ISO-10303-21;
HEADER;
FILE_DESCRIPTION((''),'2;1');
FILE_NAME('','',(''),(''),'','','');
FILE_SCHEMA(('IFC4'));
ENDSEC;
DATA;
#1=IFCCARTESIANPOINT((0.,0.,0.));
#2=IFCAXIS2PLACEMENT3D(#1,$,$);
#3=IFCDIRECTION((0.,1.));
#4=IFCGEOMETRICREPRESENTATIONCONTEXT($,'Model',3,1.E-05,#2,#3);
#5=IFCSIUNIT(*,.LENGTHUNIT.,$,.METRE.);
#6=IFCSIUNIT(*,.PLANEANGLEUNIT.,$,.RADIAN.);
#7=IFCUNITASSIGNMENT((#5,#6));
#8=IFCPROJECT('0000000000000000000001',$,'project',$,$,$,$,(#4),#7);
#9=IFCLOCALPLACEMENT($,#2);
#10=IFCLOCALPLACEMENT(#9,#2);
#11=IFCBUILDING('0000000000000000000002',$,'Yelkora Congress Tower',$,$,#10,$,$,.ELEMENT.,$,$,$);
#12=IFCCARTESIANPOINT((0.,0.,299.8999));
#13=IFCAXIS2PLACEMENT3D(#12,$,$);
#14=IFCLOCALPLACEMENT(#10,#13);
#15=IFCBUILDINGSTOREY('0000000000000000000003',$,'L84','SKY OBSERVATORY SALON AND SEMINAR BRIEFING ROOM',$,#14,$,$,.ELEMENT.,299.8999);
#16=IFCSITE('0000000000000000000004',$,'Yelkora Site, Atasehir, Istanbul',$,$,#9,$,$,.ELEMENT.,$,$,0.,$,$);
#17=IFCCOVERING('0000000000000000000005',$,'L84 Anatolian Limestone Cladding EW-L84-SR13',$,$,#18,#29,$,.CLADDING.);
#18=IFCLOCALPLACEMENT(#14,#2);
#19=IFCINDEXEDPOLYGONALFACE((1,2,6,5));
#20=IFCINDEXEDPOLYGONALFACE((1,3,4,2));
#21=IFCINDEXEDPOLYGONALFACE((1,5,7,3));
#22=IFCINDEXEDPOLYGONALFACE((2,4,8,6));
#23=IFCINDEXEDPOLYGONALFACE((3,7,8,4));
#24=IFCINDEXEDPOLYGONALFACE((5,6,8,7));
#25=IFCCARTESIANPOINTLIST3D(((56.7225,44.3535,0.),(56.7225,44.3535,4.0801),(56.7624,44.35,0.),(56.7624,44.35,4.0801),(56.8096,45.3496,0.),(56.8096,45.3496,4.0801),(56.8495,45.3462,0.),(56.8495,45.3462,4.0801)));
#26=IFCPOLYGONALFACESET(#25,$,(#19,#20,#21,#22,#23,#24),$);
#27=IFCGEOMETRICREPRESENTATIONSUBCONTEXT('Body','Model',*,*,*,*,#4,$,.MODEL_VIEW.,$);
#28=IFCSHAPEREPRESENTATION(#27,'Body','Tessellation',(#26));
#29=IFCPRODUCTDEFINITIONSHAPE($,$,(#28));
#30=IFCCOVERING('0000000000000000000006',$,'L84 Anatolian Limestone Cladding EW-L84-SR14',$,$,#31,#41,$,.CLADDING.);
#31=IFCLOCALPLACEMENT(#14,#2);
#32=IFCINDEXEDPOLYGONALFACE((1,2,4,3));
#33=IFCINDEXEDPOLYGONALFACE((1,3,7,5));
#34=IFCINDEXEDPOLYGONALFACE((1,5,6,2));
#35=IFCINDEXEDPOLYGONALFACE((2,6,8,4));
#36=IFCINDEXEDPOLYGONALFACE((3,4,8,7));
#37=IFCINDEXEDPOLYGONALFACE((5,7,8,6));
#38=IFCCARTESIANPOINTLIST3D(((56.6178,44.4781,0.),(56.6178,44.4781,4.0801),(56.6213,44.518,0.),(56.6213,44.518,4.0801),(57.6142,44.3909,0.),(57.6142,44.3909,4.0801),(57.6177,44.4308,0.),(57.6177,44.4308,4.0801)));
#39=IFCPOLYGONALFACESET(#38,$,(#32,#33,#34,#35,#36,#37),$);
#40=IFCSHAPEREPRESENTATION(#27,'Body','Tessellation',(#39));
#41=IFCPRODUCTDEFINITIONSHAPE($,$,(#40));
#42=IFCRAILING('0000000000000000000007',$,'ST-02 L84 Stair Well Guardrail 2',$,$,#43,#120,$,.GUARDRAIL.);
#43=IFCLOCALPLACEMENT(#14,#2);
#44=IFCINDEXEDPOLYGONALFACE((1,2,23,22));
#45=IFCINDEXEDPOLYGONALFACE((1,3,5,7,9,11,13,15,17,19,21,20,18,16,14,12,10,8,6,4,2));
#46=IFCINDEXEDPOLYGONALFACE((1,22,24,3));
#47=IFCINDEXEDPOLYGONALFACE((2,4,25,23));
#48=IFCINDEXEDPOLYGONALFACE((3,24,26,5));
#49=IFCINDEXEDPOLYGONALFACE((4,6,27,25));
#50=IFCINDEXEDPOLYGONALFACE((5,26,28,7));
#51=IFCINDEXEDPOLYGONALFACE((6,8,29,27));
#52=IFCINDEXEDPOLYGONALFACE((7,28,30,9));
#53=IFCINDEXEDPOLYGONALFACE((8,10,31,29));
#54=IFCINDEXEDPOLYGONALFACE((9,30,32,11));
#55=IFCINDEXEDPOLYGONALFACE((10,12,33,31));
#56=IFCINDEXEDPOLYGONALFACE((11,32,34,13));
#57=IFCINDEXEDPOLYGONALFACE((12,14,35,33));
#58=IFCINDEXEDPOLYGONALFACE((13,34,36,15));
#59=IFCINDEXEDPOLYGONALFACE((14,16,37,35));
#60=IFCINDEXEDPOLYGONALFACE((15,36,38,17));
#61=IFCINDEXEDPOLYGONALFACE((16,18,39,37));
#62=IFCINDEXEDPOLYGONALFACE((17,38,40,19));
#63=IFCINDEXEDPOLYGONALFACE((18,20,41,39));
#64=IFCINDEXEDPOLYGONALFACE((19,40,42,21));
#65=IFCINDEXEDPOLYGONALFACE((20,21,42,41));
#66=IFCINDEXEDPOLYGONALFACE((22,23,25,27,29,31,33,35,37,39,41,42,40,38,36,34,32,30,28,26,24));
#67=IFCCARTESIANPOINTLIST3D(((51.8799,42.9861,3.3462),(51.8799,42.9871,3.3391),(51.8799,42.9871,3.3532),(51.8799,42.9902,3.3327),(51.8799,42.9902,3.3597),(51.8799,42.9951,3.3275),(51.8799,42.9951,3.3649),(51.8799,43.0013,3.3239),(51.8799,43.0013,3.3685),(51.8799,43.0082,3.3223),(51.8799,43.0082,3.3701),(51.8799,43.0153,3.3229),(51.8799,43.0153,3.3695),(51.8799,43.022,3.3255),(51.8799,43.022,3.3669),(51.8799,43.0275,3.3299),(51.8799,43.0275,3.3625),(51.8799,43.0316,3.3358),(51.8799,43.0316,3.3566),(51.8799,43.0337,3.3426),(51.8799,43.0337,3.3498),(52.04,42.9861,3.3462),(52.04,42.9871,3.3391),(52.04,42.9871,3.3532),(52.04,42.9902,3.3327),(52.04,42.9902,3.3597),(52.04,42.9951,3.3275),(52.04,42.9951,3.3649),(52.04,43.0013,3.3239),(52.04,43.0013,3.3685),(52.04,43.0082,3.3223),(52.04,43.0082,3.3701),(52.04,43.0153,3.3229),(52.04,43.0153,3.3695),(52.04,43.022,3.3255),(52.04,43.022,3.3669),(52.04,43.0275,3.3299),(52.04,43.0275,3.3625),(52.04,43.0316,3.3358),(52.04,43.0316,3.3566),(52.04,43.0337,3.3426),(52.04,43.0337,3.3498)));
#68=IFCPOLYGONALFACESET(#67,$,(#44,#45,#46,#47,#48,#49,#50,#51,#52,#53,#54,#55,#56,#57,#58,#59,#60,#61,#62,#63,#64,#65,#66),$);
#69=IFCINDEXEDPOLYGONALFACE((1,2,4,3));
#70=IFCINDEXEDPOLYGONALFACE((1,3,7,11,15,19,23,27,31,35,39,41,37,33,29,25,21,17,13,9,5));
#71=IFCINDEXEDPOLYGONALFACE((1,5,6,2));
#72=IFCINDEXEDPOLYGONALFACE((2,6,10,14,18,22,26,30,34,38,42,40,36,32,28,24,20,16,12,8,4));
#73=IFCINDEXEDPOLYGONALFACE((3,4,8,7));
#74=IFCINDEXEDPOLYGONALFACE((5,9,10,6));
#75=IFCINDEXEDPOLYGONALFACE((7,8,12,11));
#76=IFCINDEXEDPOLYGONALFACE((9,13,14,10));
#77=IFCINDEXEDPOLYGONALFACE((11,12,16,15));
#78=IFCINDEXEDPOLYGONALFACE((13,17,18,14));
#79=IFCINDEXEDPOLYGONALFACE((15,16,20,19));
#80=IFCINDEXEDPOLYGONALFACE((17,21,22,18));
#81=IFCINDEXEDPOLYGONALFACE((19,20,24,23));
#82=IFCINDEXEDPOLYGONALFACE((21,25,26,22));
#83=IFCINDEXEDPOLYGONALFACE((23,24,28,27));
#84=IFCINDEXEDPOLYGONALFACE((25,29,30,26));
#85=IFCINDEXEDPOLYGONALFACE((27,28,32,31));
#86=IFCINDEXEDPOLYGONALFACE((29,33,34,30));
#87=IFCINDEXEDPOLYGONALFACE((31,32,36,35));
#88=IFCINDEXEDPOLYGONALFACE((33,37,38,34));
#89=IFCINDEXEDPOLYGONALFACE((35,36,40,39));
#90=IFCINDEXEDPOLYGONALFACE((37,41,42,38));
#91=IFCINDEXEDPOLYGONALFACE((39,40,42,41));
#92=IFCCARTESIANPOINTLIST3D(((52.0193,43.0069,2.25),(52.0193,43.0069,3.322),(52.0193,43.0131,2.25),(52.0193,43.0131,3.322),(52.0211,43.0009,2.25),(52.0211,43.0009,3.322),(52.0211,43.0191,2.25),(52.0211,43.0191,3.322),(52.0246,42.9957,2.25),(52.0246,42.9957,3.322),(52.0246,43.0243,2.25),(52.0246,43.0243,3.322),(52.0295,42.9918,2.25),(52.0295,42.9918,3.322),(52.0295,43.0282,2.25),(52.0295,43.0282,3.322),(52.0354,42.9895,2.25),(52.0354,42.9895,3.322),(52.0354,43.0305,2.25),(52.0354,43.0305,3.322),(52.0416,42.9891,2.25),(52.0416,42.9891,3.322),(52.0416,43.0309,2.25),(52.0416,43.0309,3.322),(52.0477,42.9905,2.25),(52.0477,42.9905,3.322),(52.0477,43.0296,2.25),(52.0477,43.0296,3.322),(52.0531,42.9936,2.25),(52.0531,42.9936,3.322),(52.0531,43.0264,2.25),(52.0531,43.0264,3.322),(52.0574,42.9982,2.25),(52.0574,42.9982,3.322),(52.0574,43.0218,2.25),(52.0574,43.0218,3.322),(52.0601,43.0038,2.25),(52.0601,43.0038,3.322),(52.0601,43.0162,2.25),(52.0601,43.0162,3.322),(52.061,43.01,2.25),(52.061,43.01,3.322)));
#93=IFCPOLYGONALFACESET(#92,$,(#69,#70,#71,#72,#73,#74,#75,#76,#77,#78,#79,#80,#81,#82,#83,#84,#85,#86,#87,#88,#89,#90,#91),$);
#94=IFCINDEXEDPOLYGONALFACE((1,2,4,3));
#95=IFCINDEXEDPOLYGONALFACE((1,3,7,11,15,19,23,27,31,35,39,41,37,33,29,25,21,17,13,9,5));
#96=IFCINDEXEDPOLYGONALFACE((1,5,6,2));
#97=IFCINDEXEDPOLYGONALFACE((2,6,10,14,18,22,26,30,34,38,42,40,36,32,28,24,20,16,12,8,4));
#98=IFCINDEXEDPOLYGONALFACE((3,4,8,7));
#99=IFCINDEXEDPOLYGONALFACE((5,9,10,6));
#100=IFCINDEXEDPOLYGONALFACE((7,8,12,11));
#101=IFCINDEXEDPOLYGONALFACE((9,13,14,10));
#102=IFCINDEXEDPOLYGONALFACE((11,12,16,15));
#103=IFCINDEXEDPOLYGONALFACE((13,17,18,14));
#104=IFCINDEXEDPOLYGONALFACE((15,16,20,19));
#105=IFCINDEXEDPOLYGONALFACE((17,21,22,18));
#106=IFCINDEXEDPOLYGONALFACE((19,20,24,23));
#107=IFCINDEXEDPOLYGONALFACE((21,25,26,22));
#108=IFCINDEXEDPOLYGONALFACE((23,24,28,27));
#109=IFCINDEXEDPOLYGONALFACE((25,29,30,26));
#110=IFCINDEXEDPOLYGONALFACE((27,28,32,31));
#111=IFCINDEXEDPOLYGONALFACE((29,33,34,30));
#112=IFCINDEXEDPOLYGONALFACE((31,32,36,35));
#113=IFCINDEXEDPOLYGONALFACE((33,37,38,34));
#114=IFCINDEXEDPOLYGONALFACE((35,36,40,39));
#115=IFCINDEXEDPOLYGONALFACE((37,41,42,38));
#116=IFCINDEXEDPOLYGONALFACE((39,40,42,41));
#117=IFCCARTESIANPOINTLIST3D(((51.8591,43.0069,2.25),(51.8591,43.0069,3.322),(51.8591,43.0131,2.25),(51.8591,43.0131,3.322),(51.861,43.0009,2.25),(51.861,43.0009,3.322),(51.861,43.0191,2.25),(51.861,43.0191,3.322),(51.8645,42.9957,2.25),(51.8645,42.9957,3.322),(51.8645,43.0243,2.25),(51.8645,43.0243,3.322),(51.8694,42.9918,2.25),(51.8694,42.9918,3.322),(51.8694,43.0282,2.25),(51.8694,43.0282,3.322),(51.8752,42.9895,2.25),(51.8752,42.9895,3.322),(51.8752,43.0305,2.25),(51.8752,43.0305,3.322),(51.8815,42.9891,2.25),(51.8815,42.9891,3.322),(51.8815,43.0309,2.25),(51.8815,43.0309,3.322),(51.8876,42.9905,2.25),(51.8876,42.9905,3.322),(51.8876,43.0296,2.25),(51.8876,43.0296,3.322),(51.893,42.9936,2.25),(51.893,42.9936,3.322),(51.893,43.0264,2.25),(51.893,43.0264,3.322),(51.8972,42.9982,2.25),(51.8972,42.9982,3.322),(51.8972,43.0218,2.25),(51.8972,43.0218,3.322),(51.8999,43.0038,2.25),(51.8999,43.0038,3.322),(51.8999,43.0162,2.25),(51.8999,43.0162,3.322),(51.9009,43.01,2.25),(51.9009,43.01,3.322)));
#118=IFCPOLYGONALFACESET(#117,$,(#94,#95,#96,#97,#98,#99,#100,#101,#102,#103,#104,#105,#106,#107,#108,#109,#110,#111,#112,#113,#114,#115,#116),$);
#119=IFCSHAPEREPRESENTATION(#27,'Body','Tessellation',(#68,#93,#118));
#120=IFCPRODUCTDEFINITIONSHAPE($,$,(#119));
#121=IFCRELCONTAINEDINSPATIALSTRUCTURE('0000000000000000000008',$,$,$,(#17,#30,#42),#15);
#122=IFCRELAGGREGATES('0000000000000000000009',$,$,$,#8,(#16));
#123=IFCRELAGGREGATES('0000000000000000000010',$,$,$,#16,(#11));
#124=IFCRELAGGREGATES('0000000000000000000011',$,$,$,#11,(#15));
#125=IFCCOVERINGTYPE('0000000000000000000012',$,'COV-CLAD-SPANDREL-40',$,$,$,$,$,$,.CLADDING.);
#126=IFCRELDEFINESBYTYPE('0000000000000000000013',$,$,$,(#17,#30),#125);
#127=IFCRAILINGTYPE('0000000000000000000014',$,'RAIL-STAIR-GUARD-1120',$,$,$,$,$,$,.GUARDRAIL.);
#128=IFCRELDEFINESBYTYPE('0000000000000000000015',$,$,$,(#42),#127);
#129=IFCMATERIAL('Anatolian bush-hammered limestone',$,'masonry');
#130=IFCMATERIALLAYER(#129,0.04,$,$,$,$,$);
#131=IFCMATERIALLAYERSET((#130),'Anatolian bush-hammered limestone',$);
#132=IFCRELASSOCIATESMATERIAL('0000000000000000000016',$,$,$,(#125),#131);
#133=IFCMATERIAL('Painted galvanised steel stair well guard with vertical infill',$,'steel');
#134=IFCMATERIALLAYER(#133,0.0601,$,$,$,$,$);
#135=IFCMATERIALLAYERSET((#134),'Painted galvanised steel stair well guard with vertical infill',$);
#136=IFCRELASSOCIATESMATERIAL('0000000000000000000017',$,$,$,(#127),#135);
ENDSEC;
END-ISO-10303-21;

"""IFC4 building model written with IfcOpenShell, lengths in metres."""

from ifc_helpers import new_model, si_unit, direction, frame, frame_2d, origin, origin_2d, place, context, subcontext, project, spatial, rectangle, circle, extrude, material, layer, layer_set, type_object, element, save


model = new_model("IFC4")

# Units and contexts
model_context = context("Model", 3, precision=1e-05, world=origin(), true_north=direction((0.0, 1.0)))
body_context = subcontext(model_context, "Body", "Model", "MODEL_VIEW")
ifc_project = project(units=[si_unit("LENGTHUNIT", "METRE"), si_unit("PLANEANGLEUNIT", "RADIAN")], contexts=[model_context])

# Site, building, storey
site_placement = place(None, origin())
site = spatial("IfcSite", under=ifc_project, at=site_placement, Name="Yelkora Site, Atasehir, Istanbul", CompositionType="ELEMENT", RefElevation=0.0)
building_placement = place(site_placement, origin())
building = spatial("IfcBuilding", under=site, at=building_placement, Name="Yelkora Congress Tower", CompositionType="ELEMENT")
storey_placement = place(building_placement, frame((0.0, 0.0, 299.8999)))
storey = spatial("IfcBuildingStorey", under=building, at=storey_placement, Name="L84", Description="SKY OBSERVATORY SALON AND SEMINAR BRIEFING ROOM", CompositionType="ELEMENT", Elevation=299.8999)

# Coverings
ifc_material_1 = material(Name="Anatolian bush-hammered limestone", Category="masonry")
ifc_layer_1 = layer(ifc_material_1, 0.04)
ifc_layer_set_1 = layer_set([ifc_layer_1], Name="Anatolian bush-hammered limestone")
covering_type = type_object("IfcCoveringType", Name="COV-CLAD-SPANDREL-40", PredefinedType="CLADDING", material=ifc_layer_set_1)
for number, where, z_axis, x_axis, name in (
    (1, (56.8296, 45.3479, 0.0), (0.0, 0.0, 1.0), (-0.087167, -0.996194, 0.0), "L84 Anatolian Limestone Cladding EW-L84-SR13"),
):
    element("IfcCovering", number, at=place(storey_placement, frame(where, z_axis=z_axis, x_axis=x_axis)), inside=storey, type_object=covering_type, Name=name, PredefinedType="CLADDING", context=body_context, shape_type="SweptSolid", body=[
        extrude(rectangle(XDim=1.0, YDim=0.04, at=frame_2d((0.5, 0.0))), origin(), (0.0, 0.0, 1.0), 4.0801),
    ])
covering_placement = place(storey_placement, frame((56.6196, 44.498, 0.0), z_axis=(0.0, 0.0, 1.0), x_axis=(0.996196, -0.087146, 0.0)))
element("IfcCovering", 2, at=covering_placement, inside=storey, type_object=covering_type, Name="L84 Anatolian Limestone Cladding EW-L84-SR14", PredefinedType="CLADDING", context=body_context, shape_type="SweptSolid", body=[
    extrude(rectangle(XDim=1.0002, YDim=0.04, at=frame_2d((0.5, 0.0))), origin(), (0.0, 0.0, 1.0), 4.0801),
])

# Railing
ifc_material_2 = material(Name="Painted galvanised steel stair well guard with vertical infill", Category="steel")
ifc_layer_2 = layer(ifc_material_2, 0.0601)
ifc_layer_set_2 = layer_set([ifc_layer_2], Name="Painted galvanised steel stair well guard with vertical infill")
railing_type = type_object("IfcRailingType", Name="RAIL-STAIR-GUARD-1120", PredefinedType="GUARDRAIL", material=ifc_layer_set_2)
railing_1_placement = place(storey_placement, frame((52.04, 43.01, 2.25)))
element("IfcRailing", 3, at=railing_1_placement, inside=storey, type_object=railing_type, Name="ST-02 L84 Stair Well Guardrail 2", PredefinedType="GUARDRAIL", context=body_context, shape_type="SweptSolid", body=[
    extrude(circle(Radius=0.0239, at=origin_2d()), frame((0.0, 0.0, 1.0962), z_axis=(-1.0, 0.0, 0.0), x_axis=(0.0, -1.0, 0.0)), (0.0, 0.0, 1.0), 0.1602),
    extrude(circle(Radius=0.021, at=origin_2d()), origin(), (0.0, 0.0, 1.0), 1.072),
    extrude(circle(Radius=0.021, at=origin_2d()), frame((-0.1602, 0.0, 0.0)), (0.0, 0.0, 1.0), 1.072),
])

save(model, "model.ifc")
